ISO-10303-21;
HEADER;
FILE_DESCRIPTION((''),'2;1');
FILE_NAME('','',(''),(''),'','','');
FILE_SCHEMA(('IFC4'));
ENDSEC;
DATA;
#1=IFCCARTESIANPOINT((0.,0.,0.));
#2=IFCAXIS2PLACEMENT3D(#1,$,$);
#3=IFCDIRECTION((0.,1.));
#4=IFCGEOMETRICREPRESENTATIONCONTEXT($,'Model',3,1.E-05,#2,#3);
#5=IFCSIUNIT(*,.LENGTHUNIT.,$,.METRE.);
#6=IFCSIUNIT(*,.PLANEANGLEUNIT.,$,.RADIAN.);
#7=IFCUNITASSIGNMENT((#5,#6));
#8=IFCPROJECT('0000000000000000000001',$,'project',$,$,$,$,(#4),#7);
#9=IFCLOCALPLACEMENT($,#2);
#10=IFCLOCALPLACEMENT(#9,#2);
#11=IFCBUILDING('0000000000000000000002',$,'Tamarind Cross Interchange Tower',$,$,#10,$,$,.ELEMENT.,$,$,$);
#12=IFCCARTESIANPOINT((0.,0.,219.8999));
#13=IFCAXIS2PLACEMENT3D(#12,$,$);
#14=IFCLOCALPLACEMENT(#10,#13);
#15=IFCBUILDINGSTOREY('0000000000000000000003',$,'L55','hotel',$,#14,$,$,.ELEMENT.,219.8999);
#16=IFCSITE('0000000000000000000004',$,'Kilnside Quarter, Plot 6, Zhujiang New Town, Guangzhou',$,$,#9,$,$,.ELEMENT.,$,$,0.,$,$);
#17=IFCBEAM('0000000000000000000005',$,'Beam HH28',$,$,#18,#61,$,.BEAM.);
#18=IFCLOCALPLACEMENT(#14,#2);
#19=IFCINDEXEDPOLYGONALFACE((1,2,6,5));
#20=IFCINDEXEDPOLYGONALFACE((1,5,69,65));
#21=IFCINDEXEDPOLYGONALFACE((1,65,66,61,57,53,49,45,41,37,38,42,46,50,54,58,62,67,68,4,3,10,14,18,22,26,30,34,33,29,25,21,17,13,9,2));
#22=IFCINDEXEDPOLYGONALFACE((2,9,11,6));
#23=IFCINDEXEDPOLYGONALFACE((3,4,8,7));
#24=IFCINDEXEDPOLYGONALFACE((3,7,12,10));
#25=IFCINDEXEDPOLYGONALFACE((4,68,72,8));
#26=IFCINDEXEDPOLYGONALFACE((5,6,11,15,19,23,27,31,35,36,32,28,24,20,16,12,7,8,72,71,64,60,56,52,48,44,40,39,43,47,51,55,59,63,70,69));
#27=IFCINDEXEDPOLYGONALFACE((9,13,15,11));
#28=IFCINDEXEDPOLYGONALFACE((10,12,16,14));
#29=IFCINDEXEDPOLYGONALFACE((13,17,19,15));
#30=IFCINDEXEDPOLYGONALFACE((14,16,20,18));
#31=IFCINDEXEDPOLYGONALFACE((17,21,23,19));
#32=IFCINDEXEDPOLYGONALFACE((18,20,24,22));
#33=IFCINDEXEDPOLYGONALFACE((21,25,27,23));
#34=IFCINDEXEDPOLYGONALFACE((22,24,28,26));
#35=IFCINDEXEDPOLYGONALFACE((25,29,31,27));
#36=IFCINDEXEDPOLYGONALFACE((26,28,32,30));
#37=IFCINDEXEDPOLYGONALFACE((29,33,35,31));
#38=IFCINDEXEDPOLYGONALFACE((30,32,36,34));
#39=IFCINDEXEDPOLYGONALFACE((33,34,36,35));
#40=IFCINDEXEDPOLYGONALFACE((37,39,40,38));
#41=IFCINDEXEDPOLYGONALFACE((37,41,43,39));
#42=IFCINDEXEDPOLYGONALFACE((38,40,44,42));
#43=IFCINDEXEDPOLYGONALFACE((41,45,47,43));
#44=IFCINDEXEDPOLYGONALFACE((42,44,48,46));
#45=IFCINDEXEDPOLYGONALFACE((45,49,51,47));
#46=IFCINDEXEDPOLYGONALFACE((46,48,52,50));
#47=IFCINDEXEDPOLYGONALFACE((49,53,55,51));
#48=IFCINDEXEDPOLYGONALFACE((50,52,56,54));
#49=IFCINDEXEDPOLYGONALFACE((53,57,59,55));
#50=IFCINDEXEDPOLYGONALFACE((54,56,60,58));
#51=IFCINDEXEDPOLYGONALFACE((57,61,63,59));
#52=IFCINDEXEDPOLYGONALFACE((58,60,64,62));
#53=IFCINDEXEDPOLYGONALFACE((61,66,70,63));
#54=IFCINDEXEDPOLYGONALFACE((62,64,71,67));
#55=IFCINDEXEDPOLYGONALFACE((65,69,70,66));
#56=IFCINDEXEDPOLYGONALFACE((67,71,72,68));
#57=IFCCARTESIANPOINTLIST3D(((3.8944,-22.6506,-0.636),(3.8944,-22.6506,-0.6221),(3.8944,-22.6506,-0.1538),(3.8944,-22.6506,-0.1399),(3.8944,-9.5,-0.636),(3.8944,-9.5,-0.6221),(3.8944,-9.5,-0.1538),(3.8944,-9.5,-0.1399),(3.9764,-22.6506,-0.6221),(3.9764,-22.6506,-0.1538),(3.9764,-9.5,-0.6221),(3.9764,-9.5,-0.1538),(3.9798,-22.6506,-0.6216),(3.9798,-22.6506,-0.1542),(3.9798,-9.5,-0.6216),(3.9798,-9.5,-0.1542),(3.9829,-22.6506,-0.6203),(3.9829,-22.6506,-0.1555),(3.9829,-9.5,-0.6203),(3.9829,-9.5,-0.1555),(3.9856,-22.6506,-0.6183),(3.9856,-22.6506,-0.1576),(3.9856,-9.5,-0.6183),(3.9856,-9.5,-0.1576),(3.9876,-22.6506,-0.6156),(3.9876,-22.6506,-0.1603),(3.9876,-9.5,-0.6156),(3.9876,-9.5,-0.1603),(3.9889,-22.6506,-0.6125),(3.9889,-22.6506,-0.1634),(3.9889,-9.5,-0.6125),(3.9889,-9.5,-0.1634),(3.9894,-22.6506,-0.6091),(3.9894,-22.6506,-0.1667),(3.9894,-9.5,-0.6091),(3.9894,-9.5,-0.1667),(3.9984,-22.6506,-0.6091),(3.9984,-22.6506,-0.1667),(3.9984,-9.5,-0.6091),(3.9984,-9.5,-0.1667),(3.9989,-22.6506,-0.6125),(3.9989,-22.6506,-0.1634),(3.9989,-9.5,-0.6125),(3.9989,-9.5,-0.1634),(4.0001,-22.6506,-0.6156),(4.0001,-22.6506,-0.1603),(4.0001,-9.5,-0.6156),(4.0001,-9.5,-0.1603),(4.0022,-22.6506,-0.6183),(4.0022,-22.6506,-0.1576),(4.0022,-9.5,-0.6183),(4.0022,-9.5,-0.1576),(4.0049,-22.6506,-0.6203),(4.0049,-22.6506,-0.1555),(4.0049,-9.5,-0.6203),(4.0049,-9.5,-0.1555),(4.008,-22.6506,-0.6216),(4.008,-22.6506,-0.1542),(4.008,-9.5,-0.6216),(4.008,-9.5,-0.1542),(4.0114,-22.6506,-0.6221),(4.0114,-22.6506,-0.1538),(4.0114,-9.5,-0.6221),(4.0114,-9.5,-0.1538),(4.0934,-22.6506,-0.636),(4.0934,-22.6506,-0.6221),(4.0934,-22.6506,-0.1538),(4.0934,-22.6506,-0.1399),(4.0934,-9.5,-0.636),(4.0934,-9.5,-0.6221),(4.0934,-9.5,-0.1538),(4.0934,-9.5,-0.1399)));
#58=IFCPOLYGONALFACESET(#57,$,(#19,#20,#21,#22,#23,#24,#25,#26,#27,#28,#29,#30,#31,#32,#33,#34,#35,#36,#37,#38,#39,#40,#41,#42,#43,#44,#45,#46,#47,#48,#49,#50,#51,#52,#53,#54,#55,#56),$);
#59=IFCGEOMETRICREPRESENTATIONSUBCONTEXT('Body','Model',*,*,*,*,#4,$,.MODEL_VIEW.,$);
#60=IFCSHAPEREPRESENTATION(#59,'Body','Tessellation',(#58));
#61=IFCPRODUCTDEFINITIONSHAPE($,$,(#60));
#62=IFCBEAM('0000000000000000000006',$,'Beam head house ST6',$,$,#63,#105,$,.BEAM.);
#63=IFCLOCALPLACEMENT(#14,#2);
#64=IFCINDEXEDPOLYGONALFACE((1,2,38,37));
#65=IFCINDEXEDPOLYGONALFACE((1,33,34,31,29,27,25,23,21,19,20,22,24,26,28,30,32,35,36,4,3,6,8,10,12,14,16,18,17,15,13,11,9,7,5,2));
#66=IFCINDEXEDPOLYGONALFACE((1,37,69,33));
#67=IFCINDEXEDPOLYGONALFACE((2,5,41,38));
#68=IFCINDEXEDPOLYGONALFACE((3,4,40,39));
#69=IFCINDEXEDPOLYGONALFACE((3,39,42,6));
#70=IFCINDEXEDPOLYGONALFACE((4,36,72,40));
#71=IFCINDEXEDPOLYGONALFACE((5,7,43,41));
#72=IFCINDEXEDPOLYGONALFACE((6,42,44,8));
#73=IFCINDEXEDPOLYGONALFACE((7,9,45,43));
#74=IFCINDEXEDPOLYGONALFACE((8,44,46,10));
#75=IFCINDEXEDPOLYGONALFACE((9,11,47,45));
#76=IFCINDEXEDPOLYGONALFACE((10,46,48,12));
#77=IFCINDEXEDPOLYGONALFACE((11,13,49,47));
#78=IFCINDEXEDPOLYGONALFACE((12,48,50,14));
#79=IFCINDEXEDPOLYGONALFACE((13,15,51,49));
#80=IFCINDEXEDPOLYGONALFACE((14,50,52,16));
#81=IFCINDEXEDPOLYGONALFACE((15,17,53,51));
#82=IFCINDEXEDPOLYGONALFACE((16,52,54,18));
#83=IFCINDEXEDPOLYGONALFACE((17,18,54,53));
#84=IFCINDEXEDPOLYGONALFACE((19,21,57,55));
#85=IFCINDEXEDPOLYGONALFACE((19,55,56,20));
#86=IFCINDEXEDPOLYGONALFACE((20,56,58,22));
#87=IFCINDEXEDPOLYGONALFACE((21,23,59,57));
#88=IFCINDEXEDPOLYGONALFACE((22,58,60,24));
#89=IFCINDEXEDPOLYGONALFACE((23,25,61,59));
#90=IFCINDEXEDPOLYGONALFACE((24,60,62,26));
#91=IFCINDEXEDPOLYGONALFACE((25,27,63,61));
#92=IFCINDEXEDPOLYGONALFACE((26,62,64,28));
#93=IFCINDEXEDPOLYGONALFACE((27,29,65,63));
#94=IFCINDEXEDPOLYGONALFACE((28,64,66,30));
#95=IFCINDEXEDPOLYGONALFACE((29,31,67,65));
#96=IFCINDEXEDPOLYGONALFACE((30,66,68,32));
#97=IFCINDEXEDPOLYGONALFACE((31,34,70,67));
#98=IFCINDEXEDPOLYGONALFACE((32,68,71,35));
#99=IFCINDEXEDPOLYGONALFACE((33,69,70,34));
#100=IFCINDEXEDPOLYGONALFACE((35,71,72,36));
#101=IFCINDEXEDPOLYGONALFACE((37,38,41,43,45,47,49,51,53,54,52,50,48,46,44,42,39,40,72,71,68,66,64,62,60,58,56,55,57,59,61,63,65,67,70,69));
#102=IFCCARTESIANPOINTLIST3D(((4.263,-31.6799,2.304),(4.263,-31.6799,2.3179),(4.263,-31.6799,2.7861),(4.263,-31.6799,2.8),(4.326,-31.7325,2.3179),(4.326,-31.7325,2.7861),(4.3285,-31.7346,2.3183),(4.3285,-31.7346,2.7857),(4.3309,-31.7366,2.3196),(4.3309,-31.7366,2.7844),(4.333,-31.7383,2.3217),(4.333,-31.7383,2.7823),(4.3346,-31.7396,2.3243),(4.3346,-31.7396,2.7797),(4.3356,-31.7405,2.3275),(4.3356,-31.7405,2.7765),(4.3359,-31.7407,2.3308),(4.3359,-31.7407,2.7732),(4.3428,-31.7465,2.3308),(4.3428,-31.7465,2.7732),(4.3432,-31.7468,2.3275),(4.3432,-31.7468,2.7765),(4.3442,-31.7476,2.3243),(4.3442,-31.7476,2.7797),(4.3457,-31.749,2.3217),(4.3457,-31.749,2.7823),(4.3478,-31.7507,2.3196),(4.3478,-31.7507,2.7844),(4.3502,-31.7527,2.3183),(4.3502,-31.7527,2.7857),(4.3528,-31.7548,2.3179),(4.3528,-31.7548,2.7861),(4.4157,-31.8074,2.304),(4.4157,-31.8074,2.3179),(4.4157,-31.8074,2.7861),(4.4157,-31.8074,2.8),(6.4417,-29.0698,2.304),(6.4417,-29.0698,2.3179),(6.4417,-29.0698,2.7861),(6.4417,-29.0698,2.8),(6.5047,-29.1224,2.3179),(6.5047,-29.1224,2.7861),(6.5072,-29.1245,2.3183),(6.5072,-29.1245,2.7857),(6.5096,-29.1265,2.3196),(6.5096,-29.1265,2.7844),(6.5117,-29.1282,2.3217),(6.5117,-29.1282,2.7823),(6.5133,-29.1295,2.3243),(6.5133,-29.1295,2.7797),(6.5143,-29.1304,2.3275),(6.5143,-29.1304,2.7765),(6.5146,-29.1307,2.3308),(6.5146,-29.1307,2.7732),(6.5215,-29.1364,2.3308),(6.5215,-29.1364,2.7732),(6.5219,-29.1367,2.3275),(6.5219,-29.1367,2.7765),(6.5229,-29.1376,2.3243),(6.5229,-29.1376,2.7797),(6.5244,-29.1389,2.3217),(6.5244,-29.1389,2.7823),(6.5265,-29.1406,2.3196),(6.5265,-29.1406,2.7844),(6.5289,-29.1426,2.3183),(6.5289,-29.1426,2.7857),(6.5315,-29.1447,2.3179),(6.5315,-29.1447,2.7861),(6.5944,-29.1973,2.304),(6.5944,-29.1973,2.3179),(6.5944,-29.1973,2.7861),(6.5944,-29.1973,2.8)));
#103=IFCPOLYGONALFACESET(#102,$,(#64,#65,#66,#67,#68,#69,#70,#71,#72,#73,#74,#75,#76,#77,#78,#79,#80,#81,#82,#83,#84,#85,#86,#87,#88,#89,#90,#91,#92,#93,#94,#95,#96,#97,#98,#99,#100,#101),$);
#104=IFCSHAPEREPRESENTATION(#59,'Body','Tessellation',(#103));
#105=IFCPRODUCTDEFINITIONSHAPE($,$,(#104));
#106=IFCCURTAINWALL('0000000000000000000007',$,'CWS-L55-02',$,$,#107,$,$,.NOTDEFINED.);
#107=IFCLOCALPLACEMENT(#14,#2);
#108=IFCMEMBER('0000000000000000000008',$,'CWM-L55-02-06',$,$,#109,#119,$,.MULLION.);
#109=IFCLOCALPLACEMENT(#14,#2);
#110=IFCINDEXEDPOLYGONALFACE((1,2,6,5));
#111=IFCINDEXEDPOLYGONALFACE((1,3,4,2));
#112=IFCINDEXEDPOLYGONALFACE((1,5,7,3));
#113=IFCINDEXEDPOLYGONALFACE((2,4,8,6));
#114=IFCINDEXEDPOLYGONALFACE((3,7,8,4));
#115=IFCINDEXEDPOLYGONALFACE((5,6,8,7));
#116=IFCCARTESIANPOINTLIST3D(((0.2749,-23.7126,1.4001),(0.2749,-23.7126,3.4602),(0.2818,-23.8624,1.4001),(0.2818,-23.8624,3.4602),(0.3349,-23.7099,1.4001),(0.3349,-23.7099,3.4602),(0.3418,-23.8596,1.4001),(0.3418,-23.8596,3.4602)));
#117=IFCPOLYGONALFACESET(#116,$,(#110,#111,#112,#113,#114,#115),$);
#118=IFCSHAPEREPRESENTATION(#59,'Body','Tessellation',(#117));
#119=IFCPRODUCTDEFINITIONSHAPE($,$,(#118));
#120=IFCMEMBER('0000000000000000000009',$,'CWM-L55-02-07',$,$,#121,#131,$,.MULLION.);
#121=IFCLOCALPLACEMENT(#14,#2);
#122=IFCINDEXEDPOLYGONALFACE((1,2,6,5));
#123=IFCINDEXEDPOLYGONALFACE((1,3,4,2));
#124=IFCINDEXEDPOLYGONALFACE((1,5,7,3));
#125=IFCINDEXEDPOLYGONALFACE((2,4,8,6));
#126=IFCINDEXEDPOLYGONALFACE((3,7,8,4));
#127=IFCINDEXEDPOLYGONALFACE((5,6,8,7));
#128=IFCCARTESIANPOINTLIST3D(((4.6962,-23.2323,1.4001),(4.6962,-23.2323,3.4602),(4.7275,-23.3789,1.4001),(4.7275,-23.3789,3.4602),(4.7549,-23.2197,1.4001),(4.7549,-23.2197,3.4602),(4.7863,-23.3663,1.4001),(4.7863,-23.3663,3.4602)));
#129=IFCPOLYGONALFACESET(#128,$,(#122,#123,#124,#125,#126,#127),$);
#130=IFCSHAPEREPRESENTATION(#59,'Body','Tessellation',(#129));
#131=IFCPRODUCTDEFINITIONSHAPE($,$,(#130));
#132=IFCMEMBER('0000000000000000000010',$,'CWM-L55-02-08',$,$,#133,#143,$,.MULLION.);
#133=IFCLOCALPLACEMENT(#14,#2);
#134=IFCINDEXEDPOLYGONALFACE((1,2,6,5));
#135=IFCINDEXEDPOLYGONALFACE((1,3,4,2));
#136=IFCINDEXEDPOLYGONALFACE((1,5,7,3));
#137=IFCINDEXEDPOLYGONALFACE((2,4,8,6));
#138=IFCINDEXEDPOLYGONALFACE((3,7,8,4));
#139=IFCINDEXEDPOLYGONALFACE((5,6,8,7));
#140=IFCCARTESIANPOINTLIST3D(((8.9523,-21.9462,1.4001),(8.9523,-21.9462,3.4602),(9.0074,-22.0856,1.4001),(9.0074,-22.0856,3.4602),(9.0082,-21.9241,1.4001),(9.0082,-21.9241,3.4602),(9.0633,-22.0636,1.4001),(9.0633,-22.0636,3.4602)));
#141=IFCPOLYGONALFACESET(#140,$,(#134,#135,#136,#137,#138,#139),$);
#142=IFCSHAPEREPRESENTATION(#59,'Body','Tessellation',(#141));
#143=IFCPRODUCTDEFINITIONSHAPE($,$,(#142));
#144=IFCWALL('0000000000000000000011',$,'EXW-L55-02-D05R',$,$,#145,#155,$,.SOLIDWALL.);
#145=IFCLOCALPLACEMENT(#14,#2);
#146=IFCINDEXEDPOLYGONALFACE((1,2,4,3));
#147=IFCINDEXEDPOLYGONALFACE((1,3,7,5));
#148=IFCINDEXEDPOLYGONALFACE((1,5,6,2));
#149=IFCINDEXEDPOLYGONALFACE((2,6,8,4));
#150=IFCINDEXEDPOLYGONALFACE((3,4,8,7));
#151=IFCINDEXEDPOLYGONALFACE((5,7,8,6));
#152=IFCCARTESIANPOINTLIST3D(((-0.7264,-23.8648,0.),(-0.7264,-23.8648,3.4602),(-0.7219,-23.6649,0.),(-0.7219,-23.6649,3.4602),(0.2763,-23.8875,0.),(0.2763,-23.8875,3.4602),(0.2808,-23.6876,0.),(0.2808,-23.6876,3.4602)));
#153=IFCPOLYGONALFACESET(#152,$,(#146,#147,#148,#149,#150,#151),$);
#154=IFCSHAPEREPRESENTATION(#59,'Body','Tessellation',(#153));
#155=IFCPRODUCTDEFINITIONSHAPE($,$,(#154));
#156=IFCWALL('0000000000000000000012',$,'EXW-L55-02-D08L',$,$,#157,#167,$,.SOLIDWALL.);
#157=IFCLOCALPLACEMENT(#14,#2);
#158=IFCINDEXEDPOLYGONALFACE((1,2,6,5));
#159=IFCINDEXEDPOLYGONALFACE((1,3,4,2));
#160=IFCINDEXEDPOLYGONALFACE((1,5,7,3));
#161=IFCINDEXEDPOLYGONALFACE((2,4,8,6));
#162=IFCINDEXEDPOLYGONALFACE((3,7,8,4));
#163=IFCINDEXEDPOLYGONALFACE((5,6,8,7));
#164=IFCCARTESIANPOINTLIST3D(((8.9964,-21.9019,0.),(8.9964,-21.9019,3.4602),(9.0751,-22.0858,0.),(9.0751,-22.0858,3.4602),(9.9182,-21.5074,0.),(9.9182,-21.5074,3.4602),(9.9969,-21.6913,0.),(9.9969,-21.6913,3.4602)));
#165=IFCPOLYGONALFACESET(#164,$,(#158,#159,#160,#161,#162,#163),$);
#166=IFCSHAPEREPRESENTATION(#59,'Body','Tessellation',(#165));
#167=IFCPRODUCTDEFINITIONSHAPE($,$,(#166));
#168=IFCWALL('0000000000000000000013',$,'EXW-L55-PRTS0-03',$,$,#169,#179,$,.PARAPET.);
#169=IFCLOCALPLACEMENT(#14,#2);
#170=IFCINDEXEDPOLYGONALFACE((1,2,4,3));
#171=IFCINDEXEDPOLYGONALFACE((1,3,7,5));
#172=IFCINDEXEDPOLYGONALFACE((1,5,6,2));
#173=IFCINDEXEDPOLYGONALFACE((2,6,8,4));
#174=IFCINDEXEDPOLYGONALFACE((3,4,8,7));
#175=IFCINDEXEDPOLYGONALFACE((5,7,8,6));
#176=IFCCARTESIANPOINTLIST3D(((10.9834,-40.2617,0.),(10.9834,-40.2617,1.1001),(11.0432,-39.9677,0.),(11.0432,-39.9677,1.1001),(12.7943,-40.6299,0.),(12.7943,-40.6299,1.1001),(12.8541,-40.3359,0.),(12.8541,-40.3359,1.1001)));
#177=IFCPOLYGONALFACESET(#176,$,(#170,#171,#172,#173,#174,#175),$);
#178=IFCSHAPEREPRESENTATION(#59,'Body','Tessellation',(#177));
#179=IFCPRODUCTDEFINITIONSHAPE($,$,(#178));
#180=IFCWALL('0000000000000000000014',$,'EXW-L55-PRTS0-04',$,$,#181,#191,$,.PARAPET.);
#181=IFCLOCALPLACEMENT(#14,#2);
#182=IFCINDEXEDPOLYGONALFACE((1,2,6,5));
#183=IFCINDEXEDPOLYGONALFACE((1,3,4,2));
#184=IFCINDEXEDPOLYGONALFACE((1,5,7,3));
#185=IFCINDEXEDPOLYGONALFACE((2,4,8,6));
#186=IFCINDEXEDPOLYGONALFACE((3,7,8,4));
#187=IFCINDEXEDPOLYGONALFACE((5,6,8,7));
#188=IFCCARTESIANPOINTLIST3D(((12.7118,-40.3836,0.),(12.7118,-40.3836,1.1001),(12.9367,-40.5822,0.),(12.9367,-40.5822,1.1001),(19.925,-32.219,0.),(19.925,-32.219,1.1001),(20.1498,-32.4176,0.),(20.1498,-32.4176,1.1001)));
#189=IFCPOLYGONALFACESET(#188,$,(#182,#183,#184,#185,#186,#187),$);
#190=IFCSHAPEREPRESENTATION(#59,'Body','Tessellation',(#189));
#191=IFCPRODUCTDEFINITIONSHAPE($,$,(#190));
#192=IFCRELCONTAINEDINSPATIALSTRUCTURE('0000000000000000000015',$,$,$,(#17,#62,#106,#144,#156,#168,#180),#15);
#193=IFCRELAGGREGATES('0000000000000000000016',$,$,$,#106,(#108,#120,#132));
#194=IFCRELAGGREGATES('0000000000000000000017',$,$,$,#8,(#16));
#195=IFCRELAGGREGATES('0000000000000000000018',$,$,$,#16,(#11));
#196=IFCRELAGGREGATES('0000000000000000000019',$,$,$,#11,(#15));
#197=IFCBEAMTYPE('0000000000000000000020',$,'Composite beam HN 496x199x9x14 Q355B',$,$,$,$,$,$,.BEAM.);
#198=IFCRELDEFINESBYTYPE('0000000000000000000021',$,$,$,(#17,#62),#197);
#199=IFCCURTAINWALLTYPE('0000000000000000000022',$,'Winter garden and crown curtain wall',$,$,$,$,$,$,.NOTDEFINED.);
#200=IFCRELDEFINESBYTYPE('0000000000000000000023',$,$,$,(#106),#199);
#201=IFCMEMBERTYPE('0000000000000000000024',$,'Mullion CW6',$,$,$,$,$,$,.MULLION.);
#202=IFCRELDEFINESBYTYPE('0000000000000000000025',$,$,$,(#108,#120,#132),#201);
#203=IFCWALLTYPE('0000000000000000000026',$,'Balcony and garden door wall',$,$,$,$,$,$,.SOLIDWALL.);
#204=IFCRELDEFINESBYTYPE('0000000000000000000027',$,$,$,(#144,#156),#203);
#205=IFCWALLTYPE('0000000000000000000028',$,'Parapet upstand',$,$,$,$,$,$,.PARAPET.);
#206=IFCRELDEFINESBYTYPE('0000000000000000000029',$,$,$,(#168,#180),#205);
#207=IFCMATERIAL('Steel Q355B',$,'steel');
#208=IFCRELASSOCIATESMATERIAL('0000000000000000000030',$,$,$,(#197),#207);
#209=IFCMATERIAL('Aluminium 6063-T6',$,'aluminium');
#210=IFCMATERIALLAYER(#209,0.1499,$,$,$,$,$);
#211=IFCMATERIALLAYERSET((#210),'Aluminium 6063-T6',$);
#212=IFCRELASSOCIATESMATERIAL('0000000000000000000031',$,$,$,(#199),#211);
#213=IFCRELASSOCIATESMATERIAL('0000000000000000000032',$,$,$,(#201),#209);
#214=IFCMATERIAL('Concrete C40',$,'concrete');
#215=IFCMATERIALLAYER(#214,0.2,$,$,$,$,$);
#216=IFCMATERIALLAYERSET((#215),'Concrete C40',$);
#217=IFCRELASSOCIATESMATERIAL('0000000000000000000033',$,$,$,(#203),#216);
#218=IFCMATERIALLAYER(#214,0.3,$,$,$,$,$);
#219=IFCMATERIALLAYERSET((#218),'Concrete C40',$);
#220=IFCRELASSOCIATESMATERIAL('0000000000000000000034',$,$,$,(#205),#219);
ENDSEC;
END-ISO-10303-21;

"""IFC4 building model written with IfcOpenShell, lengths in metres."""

from ifc_helpers import new_model, si_unit, direction, frame, frame_2d, origin, origin_2d, place, context, subcontext, project, spatial, rectangle, i_section, extrude, material, layer, layer_set, material_profile, profile_set, type_object, element, aggregate, save


model = new_model("IFC4")

# Units and contexts
model_context = context("Model", 3, precision=1e-05, world=origin(), true_north=direction((0.0, 1.0)))
body_context = subcontext(model_context, "Body", "Model", "MODEL_VIEW")
ifc_project = project(units=[si_unit("LENGTHUNIT", "METRE"), si_unit("PLANEANGLEUNIT", "RADIAN")], contexts=[model_context])

# Site, building, storey
site_placement = place(None, origin())
site = spatial("IfcSite", under=ifc_project, at=site_placement, Name="Kilnside Quarter, Plot 6, Zhujiang New Town, Guangzhou", CompositionType="ELEMENT", RefElevation=0.0)
building_placement = place(site_placement, origin())
building = spatial("IfcBuilding", under=site, at=building_placement, Name="Tamarind Cross Interchange Tower", CompositionType="ELEMENT")
storey_placement = place(building_placement, frame((0.0, 0.0, 219.8999)))
storey = spatial("IfcBuildingStorey", under=building, at=storey_placement, Name="L55", Description="hotel", CompositionType="ELEMENT", Elevation=219.8999)

# Beams
ifc_material_1 = material(Name="Steel Q355B", Category="steel")
ifc_material_profile_1 = material_profile(ifc_material_1, i_section(OverallWidth=0.199, OverallDepth=0.4961, WebThickness=0.009, FlangeThickness=0.0139, FilletRadius=0.0129, at=origin_2d()), Name="HN 496x199x9x14")
ifc_profile_set_1 = profile_set([ifc_material_profile_1], Name="Steel Q355B")
beam_type = type_object("IfcBeamType", Name="Composite beam HN 496x199x9x14 Q355B", PredefinedType="BEAM", material=ifc_profile_set_1)
beam_1_placement = place(storey_placement, frame((3.9939, -22.6506, -0.3879), z_axis=(0.0, 1.0, 0.0), x_axis=(-1.0, 0.0, 0.0)))
element("IfcBeam", 1, at=beam_1_placement, inside=storey, type_object=beam_type, Name="Beam HH28", PredefinedType="BEAM", context=body_context, shape_type="SweptSolid", body=[
    extrude(i_section(OverallWidth=0.199, OverallDepth=0.4961, WebThickness=0.009, FlangeThickness=0.0139, FilletRadius=0.0129, at=origin_2d()), origin(), (0.0, 0.0, 1.0), 13.1506),
])
beam_2_placement = place(storey_placement, frame((6.5181, -29.1335, 2.552), z_axis=(-0.640813, -0.767697, 0.0), x_axis=(0.767697, -0.640813, 0.0)))
element("IfcBeam", 2, at=beam_2_placement, inside=storey, type_object=beam_type, Name="Beam head house ST6", PredefinedType="BEAM", context=body_context, shape_type="SweptSolid", body=[
    extrude(i_section(OverallWidth=0.199, OverallDepth=0.4961, WebThickness=0.009, FlangeThickness=0.0139, FilletRadius=0.0129, at=origin_2d()), origin(), (0.0, 0.0, 1.0), 3.3999),
])

# Curtain wall, members
ifc_material_2 = material(Name="Aluminium 6063-T6", Category="aluminium")
ifc_layer_1 = layer(ifc_material_2, 0.1499)
ifc_layer_set_1 = layer_set([ifc_layer_1], Name="Aluminium 6063-T6")
curtain_wall_type = type_object("IfcCurtainWallType", Name="Winter garden and crown curtain wall", PredefinedType="NOTDEFINED", material=ifc_layer_set_1)
curtain_wall_placement = place(storey_placement, origin())
curtain_wall = element("IfcCurtainWall", 3, at=curtain_wall_placement, inside=storey, type_object=curtain_wall_type, Name="CWS-L55-02", PredefinedType="NOTDEFINED")
ifc_material_profile_2 = material_profile(ifc_material_2, rectangle(XDim=0.0601, YDim=0.1499, at=origin_2d()), Name="Mullion CW6")
ifc_profile_set_2 = profile_set([ifc_material_profile_2], Name="Aluminium 6063-T6")
member_type = type_object("IfcMemberType", Name="Mullion CW6", PredefinedType="MULLION", material=ifc_profile_set_2)
member_1_placement = place(storey_placement, frame((0.3083, -23.7861, 1.4001), z_axis=(0.0, 0.0, 1.0), x_axis=(0.998959, 0.045624, 0.0)))
member_1 = element("IfcMember", 4, at=member_1_placement, type_object=member_type, Name="CWM-L55-02-06", PredefinedType="MULLION", context=body_context, shape_type="SweptSolid", body=[
    extrude(rectangle(XDim=0.0601, YDim=0.1499, at=origin_2d()), origin(), (0.0, 0.0, 1.0), 2.0601),
])
member_2_placement = place(storey_placement, frame((4.7412, -23.2993, 1.4001), z_axis=(0.0, 0.0, 1.0), x_axis=(0.977825, 0.209425, 0.0)))
member_2 = element("IfcMember", 5, at=member_2_placement, type_object=member_type, Name="CWM-L55-02-07", PredefinedType="MULLION", context=body_context, shape_type="SweptSolid", body=[
    extrude(rectangle(XDim=0.0601, YDim=0.1499, at=origin_2d()), origin(), (0.0, 0.0, 1.0), 2.0601),
])
member_3_placement = place(storey_placement, frame((9.0078, -22.0049, 1.4001), z_axis=(0.0, 0.0, 1.0), x_axis=(0.930018, 0.367514, 0.0)))
member_3 = element("IfcMember", 6, at=member_3_placement, type_object=member_type, Name="CWM-L55-02-08", PredefinedType="MULLION", context=body_context, shape_type="SweptSolid", body=[
    extrude(rectangle(XDim=0.0601, YDim=0.1499, at=origin_2d()), origin(), (0.0, 0.0, 1.0), 2.0601),
])
aggregate(curtain_wall, [member_1, member_2, member_3])

# Walls
ifc_material_3 = material(Name="Concrete C40", Category="concrete")
ifc_layer_2 = layer(ifc_material_3, 0.2)
ifc_layer_set_2 = layer_set([ifc_layer_2], Name="Concrete C40")
wall_type_1 = type_object("IfcWallType", Name="Balcony and garden door wall", PredefinedType="SOLIDWALL", material=ifc_layer_set_2)
wall_1_placement = place(storey_placement, frame((-0.7241, -23.7649, 0.0), z_axis=(0.0, 0.0, 1.0), x_axis=(0.999744, -0.022638, 0.0)))
element("IfcWall", 7, at=wall_1_placement, inside=storey, type_object=wall_type_1, Name="EXW-L55-02-D05R", PredefinedType="SOLIDWALL", context=body_context, shape_type="SweptSolid", body=[
    extrude(rectangle(XDim=1.0029, YDim=0.2, at=frame_2d((0.5015, 0.0))), origin(), (0.0, 0.0, 1.0), 3.4602),
])
wall_2_placement = place(storey_placement, frame((9.0356, -21.9939, 0.0), z_axis=(0.0, 0.0, 1.0), x_axis=(0.919346, 0.393449, 0.0)))
element("IfcWall", 8, at=wall_2_placement, inside=storey, type_object=wall_type_1, Name="EXW-L55-02-D08L", PredefinedType="SOLIDWALL", context=body_context, shape_type="SweptSolid", body=[
    extrude(rectangle(XDim=1.0027, YDim=0.2, at=frame_2d((0.5015, 0.0))), origin(), (0.0, 0.0, 1.0), 3.4602),
])
ifc_layer_3 = layer(ifc_material_3, 0.3)
ifc_layer_set_3 = layer_set([ifc_layer_3], Name="Concrete C40")
wall_type_2 = type_object("IfcWallType", Name="Parapet upstand", PredefinedType="PARAPET", material=ifc_layer_set_3)
wall_3_placement = place(storey_placement, frame((11.0134, -40.1147, 0.0), z_axis=(0.0, 0.0, 1.0), x_axis=(0.979951, -0.19924, 0.0)))
element("IfcWall", 9, at=wall_3_placement, inside=storey, type_object=wall_type_2, Name="EXW-L55-PRTS0-03", PredefinedType="PARAPET", context=body_context, shape_type="SweptSolid", body=[
    extrude(rectangle(XDim=1.8479, YDim=0.3, at=frame_2d((0.9238, 0.0))), origin(), (0.0, 0.0, 1.0), 1.1001),
])
wall_4_placement = place(storey_placement, frame((12.8242, -40.4829, 0.0), z_axis=(0.0, 0.0, 1.0), x_axis=(0.662092, 0.749422, 0.0)))
element("IfcWall", 10, at=wall_4_placement, inside=storey, type_object=wall_type_2, Name="EXW-L55-PRTS0-04", PredefinedType="PARAPET", context=body_context, shape_type="SweptSolid", body=[
    extrude(rectangle(XDim=10.8945, YDim=0.3, at=frame_2d((5.4473, 0.0))), origin(), (0.0, 0.0, 1.0), 1.1001),
])

save(model, "model.ifc")
